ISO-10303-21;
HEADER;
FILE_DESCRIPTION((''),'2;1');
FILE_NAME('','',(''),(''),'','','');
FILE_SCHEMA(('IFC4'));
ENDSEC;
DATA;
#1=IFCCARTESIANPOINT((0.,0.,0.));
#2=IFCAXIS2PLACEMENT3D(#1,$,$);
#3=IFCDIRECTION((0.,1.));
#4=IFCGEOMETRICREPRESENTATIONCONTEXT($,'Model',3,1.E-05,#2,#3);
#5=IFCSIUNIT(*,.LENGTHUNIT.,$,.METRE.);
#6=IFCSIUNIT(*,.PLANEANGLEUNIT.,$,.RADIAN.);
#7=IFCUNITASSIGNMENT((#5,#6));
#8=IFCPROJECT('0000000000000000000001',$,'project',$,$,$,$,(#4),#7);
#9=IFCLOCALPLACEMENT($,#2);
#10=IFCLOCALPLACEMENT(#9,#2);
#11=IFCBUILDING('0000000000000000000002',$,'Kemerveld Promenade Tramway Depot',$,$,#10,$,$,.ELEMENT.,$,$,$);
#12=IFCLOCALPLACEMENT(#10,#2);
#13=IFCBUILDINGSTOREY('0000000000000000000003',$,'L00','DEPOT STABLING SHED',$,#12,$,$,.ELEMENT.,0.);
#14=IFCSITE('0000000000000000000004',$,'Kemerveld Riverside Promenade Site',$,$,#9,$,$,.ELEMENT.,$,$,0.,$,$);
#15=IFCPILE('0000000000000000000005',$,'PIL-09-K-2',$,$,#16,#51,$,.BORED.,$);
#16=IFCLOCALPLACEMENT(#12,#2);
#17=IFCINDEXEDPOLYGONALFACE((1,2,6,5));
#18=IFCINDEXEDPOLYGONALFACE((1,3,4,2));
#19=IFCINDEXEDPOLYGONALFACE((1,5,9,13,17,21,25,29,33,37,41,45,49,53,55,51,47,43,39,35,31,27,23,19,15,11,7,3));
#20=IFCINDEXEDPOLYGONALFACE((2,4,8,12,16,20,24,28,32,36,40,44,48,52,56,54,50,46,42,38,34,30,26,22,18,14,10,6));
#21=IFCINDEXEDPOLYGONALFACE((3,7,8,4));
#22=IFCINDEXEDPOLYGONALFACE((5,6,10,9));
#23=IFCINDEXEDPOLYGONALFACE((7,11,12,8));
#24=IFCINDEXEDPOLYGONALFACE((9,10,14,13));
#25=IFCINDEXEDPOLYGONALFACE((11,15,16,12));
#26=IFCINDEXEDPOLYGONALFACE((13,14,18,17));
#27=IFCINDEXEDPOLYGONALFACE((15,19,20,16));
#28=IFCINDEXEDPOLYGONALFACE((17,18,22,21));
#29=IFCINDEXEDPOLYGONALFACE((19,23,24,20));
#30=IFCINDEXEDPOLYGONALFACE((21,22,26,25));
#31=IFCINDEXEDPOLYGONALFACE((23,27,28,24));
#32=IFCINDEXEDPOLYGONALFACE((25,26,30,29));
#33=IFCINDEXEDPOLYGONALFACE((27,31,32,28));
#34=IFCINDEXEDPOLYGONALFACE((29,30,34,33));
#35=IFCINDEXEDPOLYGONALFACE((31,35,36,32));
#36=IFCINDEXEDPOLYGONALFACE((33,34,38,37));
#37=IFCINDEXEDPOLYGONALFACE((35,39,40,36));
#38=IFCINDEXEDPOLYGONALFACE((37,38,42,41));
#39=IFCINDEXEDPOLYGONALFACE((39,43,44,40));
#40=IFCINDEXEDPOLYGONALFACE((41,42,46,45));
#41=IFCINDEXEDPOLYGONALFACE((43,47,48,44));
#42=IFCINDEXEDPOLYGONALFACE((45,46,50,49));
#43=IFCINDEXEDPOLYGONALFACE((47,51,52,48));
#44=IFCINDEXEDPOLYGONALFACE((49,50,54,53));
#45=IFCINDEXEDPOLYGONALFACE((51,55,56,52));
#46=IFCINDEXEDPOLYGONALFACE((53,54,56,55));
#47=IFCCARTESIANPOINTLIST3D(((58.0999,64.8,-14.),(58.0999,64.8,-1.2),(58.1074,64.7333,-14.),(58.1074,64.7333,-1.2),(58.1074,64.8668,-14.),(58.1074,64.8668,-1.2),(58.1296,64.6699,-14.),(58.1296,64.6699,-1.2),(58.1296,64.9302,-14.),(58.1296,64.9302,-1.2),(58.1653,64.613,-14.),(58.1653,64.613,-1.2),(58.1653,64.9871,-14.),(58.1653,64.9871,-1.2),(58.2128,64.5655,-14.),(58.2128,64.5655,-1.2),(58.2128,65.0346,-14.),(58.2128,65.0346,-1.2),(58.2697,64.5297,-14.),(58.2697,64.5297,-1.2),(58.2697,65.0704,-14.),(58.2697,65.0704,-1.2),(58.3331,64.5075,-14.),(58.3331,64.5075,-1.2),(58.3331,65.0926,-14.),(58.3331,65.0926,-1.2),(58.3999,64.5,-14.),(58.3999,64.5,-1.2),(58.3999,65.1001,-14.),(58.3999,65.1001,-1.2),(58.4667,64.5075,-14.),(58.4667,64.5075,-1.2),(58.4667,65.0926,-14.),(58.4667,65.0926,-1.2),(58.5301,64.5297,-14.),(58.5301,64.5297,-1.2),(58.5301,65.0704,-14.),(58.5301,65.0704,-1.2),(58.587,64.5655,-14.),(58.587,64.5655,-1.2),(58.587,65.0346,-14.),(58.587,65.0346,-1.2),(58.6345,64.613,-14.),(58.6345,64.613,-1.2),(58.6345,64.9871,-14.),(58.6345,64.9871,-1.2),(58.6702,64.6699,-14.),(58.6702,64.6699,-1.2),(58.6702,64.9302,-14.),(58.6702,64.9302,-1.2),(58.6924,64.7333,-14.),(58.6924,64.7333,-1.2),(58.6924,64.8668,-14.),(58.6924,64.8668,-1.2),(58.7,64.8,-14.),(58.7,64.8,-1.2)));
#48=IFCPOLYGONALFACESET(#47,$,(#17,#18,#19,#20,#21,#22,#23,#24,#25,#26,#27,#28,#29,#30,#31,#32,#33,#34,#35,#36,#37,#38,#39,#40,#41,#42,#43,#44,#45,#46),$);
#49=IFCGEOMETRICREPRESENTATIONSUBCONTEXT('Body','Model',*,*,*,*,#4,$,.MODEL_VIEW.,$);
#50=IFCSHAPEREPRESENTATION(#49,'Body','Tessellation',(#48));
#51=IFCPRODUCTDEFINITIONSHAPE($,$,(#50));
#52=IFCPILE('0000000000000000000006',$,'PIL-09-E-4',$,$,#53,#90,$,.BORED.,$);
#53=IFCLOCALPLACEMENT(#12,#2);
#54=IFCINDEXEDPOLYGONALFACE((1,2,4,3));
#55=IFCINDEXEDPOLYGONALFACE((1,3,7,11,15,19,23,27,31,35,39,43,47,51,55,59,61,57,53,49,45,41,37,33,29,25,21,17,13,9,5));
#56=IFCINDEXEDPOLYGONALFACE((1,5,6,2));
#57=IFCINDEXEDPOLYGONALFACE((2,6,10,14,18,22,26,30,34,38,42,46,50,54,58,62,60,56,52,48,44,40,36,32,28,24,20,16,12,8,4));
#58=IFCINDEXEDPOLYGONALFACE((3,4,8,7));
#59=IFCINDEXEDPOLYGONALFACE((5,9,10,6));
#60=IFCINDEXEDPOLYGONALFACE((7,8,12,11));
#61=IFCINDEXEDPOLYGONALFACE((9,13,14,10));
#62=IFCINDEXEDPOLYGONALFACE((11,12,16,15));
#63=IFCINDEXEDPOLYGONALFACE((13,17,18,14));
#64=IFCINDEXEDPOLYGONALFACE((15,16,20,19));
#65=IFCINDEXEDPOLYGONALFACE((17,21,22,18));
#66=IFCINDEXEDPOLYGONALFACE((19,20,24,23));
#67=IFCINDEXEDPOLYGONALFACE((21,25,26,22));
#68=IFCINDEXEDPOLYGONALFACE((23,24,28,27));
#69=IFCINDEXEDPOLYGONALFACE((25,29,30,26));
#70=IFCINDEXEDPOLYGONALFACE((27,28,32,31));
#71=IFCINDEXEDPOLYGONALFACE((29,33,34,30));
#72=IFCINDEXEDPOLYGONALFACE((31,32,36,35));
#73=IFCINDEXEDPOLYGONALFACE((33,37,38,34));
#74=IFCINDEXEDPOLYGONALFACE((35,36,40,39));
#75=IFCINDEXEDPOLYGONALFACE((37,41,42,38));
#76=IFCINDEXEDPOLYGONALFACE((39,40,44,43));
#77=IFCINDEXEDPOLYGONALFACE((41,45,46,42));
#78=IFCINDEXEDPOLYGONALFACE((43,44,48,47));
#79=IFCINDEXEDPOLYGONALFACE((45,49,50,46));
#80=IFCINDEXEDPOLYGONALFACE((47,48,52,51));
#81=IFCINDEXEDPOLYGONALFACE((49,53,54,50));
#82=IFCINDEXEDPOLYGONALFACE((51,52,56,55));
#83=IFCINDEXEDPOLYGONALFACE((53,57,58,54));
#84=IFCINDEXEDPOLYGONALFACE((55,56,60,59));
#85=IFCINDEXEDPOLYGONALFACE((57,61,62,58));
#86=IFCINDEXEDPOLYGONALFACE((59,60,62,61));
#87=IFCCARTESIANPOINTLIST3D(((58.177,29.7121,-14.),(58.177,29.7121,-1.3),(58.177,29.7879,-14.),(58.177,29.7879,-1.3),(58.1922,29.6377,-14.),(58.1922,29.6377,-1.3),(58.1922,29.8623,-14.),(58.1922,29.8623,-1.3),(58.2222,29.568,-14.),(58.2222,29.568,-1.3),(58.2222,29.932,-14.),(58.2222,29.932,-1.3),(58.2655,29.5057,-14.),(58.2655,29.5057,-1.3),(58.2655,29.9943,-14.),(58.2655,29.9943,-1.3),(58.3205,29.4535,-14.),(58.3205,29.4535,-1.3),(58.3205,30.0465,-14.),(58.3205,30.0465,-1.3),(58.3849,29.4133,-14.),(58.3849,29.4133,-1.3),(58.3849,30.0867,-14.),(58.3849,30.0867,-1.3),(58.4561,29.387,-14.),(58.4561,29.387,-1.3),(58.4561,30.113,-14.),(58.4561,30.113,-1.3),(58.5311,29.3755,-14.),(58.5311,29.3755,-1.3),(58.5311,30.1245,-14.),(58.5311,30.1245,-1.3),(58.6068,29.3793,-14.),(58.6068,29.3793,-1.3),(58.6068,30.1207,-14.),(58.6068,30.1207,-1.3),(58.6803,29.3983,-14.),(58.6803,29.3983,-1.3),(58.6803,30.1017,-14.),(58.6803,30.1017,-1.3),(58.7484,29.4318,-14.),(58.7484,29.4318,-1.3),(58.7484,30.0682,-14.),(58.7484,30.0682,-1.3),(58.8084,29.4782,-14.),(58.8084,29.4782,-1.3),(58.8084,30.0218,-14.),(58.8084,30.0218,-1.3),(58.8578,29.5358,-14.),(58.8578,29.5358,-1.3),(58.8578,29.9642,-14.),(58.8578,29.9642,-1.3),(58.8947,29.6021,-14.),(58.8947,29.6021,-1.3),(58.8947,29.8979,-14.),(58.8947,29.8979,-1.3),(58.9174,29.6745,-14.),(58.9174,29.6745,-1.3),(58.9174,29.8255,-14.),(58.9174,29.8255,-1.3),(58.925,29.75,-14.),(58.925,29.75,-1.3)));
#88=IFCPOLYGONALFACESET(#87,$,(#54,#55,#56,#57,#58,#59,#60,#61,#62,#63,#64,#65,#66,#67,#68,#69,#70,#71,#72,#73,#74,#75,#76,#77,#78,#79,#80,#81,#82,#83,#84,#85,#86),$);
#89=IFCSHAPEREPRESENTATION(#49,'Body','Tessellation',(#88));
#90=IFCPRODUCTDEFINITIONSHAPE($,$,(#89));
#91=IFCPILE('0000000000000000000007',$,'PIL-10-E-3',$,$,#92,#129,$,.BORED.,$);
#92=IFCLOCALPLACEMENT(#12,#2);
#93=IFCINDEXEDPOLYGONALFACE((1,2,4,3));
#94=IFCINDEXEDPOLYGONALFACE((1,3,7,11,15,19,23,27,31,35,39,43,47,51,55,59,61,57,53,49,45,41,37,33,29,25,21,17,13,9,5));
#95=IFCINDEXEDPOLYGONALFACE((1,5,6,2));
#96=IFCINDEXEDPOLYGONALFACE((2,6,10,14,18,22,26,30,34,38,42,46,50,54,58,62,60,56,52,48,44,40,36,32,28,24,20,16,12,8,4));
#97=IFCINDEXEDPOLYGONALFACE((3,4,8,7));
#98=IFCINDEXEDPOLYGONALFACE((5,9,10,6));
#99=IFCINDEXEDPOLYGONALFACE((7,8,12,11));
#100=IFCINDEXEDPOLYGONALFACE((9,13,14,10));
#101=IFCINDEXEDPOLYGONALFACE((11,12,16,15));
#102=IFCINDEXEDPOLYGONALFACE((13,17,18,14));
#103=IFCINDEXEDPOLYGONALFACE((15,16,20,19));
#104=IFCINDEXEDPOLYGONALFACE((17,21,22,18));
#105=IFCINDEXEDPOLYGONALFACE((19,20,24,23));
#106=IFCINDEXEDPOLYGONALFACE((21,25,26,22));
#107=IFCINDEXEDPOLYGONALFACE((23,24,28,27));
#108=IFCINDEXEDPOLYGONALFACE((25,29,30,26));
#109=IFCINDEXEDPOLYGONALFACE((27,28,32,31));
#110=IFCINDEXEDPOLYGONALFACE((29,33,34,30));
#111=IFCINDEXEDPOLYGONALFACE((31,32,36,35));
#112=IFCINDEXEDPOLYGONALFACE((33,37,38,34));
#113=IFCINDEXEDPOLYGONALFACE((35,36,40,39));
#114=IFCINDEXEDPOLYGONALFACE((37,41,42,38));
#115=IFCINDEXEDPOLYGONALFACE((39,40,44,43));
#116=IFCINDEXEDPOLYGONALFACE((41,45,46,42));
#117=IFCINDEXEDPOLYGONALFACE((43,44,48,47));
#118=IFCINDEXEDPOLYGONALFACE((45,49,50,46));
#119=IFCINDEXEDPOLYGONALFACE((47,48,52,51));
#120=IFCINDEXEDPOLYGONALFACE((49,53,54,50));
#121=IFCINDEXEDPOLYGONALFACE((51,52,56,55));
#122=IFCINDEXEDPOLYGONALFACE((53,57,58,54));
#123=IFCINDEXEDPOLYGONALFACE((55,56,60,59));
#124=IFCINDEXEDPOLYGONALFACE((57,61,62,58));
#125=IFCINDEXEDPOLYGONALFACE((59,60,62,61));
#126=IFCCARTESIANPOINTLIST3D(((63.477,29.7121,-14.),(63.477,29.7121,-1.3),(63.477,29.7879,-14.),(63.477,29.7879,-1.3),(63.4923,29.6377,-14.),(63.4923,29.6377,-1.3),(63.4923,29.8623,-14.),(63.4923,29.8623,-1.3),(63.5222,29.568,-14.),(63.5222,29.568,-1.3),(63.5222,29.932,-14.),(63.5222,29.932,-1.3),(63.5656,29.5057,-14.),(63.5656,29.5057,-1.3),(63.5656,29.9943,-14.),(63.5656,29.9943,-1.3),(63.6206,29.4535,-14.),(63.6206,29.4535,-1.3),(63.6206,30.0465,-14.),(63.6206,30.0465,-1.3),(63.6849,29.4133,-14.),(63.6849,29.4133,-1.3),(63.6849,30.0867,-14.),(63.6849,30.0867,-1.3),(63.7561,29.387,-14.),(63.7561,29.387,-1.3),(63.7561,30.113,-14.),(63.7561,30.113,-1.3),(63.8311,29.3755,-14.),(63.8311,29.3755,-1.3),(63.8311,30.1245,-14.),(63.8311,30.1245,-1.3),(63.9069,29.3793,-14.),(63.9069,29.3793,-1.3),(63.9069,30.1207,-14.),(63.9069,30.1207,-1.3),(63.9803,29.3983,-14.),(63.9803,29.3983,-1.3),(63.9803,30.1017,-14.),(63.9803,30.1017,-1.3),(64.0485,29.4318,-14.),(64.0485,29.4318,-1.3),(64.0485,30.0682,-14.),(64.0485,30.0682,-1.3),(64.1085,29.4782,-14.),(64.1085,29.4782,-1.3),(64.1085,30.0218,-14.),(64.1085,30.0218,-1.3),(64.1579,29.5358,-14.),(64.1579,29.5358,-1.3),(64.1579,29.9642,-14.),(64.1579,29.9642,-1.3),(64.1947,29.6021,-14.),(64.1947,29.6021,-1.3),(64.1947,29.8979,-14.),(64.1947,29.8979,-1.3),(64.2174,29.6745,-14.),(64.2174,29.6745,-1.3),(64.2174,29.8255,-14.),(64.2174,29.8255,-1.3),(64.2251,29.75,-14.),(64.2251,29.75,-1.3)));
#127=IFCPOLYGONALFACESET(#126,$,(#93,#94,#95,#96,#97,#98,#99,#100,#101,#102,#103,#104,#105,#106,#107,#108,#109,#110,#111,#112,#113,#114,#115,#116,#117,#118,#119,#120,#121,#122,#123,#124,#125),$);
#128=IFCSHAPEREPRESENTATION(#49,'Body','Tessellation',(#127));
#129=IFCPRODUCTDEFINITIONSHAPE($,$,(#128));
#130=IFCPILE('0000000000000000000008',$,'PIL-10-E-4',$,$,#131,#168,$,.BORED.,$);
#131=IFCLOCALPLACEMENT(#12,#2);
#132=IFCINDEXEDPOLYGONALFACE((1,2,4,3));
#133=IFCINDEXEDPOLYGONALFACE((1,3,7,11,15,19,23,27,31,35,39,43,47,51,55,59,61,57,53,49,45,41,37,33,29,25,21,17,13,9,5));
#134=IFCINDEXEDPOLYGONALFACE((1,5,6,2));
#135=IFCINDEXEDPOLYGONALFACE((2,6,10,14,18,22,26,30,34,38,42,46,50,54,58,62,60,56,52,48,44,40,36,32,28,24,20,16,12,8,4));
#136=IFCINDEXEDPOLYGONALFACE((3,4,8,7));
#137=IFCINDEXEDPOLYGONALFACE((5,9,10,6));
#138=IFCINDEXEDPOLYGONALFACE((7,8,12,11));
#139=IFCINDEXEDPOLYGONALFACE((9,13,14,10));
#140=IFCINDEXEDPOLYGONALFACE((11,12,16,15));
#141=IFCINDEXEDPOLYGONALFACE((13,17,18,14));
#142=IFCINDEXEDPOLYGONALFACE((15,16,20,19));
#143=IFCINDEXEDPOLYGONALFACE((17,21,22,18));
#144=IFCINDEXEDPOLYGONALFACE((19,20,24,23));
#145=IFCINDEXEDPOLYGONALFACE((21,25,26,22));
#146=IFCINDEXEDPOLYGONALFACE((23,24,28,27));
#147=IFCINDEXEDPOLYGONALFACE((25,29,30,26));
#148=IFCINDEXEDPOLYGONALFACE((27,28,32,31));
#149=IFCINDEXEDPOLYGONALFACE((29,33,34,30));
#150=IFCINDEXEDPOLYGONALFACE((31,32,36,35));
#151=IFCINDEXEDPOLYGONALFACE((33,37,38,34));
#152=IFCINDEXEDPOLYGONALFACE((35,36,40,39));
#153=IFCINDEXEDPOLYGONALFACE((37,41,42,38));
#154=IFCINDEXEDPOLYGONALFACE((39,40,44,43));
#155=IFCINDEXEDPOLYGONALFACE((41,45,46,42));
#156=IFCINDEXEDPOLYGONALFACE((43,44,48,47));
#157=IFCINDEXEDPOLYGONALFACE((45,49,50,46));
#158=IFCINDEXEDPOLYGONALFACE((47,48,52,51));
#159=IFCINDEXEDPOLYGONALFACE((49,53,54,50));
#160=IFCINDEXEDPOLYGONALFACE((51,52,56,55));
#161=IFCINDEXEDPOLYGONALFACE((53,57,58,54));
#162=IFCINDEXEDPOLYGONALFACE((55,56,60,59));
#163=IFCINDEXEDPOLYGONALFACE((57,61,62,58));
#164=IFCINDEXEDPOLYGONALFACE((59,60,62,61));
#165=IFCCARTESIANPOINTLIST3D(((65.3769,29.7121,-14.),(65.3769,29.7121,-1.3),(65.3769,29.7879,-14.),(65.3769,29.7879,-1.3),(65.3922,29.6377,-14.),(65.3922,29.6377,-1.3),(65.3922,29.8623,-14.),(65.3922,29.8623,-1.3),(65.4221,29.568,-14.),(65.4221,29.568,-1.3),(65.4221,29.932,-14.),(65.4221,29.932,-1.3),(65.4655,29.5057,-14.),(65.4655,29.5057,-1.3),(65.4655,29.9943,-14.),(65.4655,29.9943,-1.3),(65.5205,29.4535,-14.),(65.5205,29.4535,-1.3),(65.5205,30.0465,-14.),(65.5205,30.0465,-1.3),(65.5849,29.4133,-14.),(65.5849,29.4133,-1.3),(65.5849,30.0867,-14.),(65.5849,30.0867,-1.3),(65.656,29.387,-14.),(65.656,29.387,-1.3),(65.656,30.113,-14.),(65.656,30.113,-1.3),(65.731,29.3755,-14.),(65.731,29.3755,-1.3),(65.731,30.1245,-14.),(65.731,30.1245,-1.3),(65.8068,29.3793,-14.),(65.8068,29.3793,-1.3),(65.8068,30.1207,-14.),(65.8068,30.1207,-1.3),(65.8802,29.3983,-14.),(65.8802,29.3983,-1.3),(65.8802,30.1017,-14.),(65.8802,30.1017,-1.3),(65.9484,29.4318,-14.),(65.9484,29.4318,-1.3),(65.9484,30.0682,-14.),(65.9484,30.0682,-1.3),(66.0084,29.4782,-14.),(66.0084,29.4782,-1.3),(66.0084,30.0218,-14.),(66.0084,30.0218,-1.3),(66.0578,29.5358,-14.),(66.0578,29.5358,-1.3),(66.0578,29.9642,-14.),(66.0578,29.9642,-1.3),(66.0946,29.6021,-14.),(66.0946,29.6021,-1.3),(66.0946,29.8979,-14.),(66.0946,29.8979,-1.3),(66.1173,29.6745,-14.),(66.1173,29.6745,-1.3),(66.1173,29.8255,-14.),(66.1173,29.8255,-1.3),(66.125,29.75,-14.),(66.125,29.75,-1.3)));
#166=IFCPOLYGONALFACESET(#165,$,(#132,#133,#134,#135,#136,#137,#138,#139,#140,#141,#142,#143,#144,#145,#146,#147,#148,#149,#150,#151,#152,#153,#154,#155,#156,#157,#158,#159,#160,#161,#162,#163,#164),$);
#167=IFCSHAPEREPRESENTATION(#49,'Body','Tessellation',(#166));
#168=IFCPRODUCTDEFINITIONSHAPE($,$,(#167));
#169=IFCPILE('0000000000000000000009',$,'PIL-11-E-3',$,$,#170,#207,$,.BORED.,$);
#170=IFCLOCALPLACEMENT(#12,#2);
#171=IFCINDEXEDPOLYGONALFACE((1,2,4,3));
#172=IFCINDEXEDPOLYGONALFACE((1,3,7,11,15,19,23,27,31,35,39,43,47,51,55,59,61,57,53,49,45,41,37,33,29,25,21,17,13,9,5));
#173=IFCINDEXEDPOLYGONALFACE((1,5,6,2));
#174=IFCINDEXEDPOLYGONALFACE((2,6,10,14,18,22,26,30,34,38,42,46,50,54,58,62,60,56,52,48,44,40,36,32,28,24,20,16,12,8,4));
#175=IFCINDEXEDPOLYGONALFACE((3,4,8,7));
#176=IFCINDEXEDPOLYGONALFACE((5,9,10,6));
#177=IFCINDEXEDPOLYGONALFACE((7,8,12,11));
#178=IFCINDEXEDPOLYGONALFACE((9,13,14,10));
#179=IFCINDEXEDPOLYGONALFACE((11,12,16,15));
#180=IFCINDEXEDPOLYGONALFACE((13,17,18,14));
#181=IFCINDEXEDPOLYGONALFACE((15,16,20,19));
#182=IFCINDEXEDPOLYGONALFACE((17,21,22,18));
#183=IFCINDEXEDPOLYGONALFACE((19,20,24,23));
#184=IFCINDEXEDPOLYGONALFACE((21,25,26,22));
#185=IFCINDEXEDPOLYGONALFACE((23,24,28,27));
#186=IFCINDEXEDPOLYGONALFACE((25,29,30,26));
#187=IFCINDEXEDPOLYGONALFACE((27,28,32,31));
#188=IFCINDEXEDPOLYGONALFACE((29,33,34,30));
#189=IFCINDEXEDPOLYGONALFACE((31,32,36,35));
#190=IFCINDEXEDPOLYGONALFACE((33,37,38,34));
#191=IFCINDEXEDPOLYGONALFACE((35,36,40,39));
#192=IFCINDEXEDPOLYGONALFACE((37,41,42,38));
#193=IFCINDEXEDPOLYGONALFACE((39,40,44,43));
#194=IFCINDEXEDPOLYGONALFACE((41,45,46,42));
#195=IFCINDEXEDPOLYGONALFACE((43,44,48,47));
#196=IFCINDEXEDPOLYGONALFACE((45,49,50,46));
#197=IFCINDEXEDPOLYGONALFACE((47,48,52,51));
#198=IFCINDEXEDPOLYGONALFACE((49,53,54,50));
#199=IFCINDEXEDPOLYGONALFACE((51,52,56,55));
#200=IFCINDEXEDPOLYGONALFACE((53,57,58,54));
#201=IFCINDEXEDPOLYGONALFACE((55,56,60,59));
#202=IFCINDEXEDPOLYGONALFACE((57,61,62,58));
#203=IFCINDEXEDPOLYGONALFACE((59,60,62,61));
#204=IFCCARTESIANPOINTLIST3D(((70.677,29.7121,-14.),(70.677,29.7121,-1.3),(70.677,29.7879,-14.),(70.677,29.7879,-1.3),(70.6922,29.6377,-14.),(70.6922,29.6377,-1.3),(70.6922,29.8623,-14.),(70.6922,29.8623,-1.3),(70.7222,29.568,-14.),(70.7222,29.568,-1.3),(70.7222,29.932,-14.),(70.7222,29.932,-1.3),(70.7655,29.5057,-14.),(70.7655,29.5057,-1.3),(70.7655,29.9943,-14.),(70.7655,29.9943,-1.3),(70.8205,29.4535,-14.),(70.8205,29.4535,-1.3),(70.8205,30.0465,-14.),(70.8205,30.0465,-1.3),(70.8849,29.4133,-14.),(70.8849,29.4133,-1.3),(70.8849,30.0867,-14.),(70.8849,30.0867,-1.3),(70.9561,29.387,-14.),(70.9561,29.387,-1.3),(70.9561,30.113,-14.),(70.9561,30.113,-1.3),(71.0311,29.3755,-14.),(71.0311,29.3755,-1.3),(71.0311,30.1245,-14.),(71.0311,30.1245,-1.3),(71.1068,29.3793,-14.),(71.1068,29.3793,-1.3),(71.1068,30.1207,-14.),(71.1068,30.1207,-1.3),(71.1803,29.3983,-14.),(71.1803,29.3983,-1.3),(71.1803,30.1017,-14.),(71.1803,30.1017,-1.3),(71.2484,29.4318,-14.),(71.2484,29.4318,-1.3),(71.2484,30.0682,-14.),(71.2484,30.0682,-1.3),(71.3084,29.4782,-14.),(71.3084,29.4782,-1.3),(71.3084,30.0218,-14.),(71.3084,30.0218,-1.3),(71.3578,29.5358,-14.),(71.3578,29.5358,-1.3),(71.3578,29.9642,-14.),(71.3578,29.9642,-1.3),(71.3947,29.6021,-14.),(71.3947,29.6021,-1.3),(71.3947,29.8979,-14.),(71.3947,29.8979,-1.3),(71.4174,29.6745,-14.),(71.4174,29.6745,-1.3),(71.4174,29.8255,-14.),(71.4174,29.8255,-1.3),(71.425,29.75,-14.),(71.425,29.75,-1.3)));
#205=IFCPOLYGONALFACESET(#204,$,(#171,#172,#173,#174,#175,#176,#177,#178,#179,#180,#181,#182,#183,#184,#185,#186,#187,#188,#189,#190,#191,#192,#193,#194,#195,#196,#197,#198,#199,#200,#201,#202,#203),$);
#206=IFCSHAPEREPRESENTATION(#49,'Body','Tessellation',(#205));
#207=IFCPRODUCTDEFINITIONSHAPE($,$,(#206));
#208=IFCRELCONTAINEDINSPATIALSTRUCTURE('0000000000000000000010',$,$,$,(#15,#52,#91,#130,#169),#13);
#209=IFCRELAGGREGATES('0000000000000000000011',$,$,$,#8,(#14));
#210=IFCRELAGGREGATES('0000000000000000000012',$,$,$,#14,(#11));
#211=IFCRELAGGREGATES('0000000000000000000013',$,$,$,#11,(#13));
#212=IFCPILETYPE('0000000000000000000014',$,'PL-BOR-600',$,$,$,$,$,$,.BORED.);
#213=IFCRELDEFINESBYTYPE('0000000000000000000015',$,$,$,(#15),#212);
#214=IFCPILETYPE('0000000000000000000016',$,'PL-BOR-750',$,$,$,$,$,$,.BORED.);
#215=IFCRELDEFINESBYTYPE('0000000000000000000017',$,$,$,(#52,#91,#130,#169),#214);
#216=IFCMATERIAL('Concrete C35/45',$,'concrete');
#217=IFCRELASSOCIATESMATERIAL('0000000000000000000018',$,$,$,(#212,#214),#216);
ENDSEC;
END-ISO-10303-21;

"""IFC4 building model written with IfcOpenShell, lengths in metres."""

from ifc_helpers import new_model, si_unit, direction, frame, origin, origin_2d, place, context, subcontext, project, spatial, circle, extrude, material, material_profile, profile_set, type_object, element, save


model = new_model("IFC4")

# Units and contexts
model_context = context("Model", 3, precision=1e-05, world=origin(), true_north=direction((0.0, 1.0)))
body_context = subcontext(model_context, "Body", "Model", "MODEL_VIEW")
ifc_project = project(units=[si_unit("LENGTHUNIT", "METRE"), si_unit("PLANEANGLEUNIT", "RADIAN")], contexts=[model_context])

# Site, building, storey
site_placement = place(None, origin())
site = spatial("IfcSite", under=ifc_project, at=site_placement, Name="Kemerveld Riverside Promenade Site", CompositionType="ELEMENT", RefElevation=0.0)
building_placement = place(site_placement, origin())
building = spatial("IfcBuilding", under=site, at=building_placement, Name="Kemerveld Promenade Tramway Depot", CompositionType="ELEMENT")
storey_placement = place(building_placement, origin())
storey = spatial("IfcBuildingStorey", under=building, at=storey_placement, Name="L00", Description="DEPOT STABLING SHED", CompositionType="ELEMENT", Elevation=0.0)

# Shared definitions
ifc_material_1 = material(Name="Concrete C35/45", Category="concrete")

# Piles
ifc_material_profile_1 = material_profile(ifc_material_1, circle(Radius=0.3, at=origin_2d()), Name="PILE-D600")
ifc_profile_set_1 = profile_set([ifc_material_profile_1], Name="Concrete C35/45")
pile_type_1 = type_object("IfcPileType", Name="PL-BOR-600", PredefinedType="BORED", material=ifc_profile_set_1)
for number, where, z_axis, x_axis, name in (
    (1, (58.3999, 64.8, -1.2), (0.0, 0.0, -1.0), (1.0, 0.0, 0.0), "PIL-09-K-2"),
):
    element("IfcPile", number, at=place(storey_placement, frame(where, z_axis=z_axis, x_axis=x_axis)), inside=storey, type_object=pile_type_1, Name=name, PredefinedType="BORED", context=body_context, shape_type="SweptSolid", body=[
        extrude(circle(Radius=0.3, at=origin_2d()), origin(), (0.0, 0.0, 1.0), 12.8),
    ])
ifc_material_profile_2 = material_profile(ifc_material_1, circle(Radius=0.375, at=origin_2d()), Name="PILE-D750")
ifc_profile_set_2 = profile_set([ifc_material_profile_2], Name="Concrete C35/45")
pile_type_2 = type_object("IfcPileType", Name="PL-BOR-750", PredefinedType="BORED", material=ifc_profile_set_2)
for number, where, z_axis, x_axis, name in (
    (2, (58.55, 29.75, -1.3), (0.0, 0.0, -1.0), (1.0, 0.0, 0.0), "PIL-09-E-4"),
    (3, (63.8501, 29.75, -1.3), (0.0, 0.0, -1.0), (1.0, 0.0, 0.0), "PIL-10-E-3"),
    (4, (65.75, 29.75, -1.3), (0.0, 0.0, -1.0), (1.0, 0.0, 0.0), "PIL-10-E-4"),
    (5, (71.05, 29.75, -1.3), (0.0, 0.0, -1.0), (1.0, 0.0, 0.0), "PIL-11-E-3"),
):
    element("IfcPile", number, at=place(storey_placement, frame(where, z_axis=z_axis, x_axis=x_axis)), inside=storey, type_object=pile_type_2, Name=name, PredefinedType="BORED", context=body_context, shape_type="SweptSolid", body=[
        extrude(circle(Radius=0.375, at=origin_2d()), origin(), (0.0, 0.0, 1.0), 12.7),
    ])

save(model, "model.ifc")
